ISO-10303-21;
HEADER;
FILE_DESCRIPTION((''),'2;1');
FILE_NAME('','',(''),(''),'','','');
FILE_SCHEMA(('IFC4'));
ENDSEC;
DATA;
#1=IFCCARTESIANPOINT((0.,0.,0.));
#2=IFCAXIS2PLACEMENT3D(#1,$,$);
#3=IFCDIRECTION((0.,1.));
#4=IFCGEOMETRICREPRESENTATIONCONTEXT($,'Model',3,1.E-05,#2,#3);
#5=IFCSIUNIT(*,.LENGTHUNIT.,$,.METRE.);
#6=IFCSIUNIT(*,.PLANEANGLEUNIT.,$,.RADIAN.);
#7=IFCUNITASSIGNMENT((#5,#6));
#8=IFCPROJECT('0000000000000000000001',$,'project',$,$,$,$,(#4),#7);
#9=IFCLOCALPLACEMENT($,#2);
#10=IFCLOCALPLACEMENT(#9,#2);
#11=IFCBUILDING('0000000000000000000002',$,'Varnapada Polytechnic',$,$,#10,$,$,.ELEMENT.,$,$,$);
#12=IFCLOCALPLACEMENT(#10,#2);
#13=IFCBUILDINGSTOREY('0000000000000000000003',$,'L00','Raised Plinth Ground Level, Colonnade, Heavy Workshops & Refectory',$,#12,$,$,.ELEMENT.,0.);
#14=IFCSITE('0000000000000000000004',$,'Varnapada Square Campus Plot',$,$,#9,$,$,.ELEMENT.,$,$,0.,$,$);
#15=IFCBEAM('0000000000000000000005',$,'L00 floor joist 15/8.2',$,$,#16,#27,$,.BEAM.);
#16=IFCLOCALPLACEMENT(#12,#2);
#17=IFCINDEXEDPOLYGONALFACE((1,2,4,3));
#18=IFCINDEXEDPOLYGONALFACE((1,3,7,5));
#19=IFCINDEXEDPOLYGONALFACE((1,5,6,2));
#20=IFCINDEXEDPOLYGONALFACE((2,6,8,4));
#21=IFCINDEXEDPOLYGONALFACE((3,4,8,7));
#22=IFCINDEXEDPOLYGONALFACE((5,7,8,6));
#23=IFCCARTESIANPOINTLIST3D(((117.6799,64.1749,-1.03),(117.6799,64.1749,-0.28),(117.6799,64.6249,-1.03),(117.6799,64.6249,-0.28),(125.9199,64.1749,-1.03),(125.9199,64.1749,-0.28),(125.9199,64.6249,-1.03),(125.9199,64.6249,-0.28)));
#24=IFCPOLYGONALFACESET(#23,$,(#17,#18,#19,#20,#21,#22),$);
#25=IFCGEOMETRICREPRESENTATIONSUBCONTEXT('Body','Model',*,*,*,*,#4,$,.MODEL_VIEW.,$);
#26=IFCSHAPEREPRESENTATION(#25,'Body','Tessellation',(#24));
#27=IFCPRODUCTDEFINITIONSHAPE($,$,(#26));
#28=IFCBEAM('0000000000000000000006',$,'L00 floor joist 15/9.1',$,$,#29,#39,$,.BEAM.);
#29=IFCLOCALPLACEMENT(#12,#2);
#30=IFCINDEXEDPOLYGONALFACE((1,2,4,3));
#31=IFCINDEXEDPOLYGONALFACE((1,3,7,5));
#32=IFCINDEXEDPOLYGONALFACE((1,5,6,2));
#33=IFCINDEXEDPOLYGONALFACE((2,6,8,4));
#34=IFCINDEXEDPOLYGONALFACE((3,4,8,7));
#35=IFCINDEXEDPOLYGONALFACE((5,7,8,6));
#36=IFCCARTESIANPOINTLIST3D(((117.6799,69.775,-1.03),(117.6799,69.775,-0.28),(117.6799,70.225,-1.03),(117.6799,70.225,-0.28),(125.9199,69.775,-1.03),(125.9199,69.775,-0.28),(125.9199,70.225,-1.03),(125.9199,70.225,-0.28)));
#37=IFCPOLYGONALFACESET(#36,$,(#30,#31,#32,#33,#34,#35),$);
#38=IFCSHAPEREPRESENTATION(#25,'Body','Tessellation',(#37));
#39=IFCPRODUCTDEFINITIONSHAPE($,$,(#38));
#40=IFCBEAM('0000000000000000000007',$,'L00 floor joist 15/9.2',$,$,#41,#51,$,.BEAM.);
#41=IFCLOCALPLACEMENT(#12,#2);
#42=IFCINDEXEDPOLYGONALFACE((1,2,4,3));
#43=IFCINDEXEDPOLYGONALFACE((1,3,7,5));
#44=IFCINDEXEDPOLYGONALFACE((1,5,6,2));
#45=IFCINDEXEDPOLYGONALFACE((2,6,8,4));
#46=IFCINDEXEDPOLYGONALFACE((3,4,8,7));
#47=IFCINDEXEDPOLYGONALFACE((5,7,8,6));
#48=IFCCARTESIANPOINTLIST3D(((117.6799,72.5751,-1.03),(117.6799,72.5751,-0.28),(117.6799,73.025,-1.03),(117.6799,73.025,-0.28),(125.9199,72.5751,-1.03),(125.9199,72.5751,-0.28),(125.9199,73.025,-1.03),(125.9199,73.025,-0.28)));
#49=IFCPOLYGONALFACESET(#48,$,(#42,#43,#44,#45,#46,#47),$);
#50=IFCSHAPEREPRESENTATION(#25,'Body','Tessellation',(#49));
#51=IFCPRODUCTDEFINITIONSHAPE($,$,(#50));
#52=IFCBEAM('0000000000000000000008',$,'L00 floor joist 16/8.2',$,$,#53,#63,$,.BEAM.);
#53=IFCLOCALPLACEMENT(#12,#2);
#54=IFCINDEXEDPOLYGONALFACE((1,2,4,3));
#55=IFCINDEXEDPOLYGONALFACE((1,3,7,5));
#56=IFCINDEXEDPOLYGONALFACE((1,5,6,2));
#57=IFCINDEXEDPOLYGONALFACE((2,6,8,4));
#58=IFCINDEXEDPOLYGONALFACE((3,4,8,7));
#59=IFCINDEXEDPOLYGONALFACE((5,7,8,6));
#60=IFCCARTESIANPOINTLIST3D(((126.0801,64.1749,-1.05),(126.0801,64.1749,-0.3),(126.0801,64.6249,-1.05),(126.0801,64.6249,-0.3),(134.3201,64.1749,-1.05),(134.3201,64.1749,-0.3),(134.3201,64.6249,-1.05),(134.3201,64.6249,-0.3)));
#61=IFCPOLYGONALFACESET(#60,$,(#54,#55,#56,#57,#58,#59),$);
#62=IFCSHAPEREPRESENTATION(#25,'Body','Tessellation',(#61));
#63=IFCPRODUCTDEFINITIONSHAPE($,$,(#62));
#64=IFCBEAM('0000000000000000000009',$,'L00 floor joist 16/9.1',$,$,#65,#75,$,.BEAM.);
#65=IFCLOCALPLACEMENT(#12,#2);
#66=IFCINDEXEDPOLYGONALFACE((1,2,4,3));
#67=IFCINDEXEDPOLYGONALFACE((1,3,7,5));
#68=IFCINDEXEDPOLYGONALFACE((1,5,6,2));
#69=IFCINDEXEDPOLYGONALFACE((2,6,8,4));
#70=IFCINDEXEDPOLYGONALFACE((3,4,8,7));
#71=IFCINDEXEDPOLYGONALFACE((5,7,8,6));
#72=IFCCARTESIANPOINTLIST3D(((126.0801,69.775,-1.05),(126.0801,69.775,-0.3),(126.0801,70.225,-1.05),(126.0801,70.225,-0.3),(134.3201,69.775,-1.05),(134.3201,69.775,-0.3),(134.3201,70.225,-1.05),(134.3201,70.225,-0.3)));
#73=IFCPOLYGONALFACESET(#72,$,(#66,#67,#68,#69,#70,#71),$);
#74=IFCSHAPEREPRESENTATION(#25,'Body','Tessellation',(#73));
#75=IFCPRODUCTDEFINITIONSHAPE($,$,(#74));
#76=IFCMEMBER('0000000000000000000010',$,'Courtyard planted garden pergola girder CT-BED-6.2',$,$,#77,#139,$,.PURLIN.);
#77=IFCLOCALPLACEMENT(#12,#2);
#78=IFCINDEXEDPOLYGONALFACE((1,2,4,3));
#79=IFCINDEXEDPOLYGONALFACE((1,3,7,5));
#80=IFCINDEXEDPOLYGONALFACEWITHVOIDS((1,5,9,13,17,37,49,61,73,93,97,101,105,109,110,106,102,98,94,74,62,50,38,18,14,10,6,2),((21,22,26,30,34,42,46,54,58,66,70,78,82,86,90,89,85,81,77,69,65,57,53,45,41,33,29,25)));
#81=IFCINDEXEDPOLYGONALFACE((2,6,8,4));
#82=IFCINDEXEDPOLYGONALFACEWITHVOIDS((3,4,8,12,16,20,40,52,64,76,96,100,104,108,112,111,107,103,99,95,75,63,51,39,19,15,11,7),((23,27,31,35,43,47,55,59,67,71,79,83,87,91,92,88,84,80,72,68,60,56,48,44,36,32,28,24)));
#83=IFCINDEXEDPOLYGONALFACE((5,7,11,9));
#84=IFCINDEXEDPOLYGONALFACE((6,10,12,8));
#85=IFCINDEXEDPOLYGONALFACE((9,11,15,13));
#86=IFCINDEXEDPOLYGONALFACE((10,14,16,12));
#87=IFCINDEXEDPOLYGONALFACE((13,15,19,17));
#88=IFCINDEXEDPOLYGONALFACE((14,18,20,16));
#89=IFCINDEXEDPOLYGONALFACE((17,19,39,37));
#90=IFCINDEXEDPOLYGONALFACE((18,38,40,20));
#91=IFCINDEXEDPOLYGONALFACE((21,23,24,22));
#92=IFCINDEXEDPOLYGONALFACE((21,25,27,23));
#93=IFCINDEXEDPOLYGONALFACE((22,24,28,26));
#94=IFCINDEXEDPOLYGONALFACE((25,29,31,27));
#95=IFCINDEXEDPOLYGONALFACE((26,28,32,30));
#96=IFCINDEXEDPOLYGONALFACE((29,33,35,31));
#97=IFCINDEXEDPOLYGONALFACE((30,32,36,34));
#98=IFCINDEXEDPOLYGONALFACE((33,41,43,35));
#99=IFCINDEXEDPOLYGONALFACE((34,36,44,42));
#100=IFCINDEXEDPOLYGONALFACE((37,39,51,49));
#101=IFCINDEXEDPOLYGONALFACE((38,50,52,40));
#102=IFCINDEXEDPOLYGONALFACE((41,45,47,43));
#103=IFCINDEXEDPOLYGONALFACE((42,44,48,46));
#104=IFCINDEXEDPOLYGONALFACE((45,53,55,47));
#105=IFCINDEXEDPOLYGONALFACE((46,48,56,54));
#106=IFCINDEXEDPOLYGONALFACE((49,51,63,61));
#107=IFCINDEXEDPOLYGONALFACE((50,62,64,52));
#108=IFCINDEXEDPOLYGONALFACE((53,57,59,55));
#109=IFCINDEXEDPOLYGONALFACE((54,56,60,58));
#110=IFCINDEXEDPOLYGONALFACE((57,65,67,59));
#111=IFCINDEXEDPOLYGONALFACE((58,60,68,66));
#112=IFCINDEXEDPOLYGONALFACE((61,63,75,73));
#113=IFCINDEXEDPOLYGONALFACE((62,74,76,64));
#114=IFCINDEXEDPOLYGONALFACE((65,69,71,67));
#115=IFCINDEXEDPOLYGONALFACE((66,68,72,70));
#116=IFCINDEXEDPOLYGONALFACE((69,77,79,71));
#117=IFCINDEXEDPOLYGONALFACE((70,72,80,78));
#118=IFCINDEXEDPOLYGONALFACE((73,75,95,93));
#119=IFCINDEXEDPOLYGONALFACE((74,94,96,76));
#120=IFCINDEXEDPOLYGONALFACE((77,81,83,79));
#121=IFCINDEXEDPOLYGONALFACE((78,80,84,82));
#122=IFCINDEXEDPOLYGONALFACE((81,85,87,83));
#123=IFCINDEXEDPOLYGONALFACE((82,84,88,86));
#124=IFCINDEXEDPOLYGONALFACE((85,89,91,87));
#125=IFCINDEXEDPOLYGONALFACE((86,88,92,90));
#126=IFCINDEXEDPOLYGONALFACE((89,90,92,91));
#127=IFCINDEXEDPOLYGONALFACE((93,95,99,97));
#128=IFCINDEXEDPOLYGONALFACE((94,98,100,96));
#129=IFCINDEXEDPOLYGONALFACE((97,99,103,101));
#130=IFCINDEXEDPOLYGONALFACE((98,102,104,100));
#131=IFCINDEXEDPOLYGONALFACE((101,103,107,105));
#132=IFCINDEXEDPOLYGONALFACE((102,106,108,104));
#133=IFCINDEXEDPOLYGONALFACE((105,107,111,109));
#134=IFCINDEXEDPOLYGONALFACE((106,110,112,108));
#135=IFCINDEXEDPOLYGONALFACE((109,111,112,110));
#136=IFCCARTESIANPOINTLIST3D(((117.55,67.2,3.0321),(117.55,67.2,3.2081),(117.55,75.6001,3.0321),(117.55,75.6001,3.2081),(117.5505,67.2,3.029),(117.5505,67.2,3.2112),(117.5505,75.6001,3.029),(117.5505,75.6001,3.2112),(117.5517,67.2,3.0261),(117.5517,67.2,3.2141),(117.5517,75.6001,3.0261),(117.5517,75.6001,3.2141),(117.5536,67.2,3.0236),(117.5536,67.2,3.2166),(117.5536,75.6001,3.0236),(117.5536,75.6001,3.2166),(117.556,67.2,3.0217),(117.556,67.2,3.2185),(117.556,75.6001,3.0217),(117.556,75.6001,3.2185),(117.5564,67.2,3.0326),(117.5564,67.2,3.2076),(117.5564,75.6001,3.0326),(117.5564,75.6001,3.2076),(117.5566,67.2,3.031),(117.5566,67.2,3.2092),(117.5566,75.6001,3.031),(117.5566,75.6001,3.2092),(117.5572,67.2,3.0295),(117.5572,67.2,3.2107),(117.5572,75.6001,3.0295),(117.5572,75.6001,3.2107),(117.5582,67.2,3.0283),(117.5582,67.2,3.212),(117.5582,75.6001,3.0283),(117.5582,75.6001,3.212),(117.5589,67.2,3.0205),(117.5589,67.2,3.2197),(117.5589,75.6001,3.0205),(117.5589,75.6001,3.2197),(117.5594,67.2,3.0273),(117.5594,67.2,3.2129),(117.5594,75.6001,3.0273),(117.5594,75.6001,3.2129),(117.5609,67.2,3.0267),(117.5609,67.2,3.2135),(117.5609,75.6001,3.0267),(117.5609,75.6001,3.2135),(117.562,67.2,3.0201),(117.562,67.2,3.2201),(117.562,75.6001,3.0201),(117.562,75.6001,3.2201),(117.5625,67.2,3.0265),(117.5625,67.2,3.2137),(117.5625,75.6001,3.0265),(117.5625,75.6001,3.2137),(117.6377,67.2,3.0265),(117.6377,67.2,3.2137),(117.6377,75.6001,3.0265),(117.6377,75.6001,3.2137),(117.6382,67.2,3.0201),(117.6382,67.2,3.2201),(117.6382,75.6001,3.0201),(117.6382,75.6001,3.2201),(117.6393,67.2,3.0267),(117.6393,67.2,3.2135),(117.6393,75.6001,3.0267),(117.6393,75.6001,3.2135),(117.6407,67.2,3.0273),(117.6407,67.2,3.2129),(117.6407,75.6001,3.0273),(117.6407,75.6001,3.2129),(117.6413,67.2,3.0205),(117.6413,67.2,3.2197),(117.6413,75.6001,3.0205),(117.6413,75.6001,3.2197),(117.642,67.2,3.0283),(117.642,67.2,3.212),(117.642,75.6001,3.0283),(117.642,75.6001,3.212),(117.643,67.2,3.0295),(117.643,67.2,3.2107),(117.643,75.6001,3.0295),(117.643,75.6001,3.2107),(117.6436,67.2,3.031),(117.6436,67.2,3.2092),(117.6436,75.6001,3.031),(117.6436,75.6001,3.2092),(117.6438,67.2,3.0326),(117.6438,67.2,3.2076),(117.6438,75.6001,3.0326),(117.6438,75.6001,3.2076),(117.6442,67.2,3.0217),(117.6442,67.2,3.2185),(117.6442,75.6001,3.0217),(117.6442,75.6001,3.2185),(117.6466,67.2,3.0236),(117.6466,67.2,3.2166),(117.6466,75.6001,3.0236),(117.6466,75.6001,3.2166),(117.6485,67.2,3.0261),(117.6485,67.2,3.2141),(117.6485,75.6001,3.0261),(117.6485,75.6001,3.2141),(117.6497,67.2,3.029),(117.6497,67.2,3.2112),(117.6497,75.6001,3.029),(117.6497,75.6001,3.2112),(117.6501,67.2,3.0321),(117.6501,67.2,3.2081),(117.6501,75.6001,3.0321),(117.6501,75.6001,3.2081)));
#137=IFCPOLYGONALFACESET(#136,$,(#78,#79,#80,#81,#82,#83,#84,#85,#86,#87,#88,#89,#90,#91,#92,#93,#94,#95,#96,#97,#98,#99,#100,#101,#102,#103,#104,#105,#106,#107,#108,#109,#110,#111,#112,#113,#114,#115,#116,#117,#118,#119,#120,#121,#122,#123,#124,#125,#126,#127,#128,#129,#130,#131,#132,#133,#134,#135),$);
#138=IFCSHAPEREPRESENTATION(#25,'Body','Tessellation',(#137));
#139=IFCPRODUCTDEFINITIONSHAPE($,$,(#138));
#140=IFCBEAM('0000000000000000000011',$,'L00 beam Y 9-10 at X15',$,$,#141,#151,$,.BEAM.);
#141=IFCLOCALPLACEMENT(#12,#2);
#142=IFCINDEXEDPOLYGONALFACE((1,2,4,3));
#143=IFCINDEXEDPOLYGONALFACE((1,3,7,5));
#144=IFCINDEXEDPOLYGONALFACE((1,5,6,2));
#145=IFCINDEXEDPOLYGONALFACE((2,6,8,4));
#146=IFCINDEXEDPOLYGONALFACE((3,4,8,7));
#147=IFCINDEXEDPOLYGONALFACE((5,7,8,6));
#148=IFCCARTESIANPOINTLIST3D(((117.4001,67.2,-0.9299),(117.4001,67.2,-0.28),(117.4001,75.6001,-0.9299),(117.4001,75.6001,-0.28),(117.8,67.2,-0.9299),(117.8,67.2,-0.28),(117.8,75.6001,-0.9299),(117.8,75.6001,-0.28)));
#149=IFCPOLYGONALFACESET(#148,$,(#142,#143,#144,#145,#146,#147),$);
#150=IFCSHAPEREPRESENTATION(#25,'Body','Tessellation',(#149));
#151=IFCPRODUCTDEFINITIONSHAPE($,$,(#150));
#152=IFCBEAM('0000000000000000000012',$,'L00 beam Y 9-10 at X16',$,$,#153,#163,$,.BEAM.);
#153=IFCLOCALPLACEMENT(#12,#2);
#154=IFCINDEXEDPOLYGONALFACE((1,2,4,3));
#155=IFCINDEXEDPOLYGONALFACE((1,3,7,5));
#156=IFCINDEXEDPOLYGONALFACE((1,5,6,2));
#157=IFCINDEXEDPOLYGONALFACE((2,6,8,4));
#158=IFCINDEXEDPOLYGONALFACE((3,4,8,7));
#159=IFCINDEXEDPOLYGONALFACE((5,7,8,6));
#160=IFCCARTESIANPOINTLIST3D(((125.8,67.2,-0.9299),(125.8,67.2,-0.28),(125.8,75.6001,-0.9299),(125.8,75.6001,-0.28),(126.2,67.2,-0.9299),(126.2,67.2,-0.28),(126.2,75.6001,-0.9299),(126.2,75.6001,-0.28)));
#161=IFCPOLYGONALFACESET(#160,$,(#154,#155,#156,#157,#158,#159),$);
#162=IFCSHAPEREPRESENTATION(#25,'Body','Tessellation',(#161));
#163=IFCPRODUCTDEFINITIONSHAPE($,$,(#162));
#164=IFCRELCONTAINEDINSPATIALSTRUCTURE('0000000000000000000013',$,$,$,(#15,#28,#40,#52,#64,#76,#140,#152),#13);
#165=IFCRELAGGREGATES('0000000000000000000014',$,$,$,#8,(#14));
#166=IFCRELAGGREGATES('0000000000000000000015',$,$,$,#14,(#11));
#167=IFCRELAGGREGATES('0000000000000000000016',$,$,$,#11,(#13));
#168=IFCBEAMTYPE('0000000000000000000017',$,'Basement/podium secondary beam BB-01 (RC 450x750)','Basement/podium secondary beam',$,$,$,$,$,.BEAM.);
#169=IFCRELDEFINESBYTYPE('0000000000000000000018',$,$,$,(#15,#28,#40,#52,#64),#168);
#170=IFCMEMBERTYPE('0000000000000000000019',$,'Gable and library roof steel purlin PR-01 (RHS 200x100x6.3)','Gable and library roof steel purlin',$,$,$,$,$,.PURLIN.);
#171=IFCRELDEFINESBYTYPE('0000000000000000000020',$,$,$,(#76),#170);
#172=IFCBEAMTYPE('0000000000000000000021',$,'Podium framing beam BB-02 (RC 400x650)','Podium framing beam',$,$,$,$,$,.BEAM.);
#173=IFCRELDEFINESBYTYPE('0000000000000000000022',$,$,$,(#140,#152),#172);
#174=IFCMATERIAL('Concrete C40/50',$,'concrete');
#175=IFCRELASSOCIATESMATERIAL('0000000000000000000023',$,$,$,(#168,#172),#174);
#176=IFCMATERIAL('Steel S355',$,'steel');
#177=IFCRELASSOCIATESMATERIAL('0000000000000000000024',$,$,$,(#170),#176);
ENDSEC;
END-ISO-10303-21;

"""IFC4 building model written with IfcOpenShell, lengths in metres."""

from ifc_helpers import new_model, si_unit, direction, frame, origin, origin_2d, place, context, subcontext, project, spatial, rectangle, hollow_rectangle, extrude, material, material_profile, profile_set, type_object, element, save


model = new_model("IFC4")

# Units and contexts
model_context = context("Model", 3, precision=1e-05, world=origin(), true_north=direction((0.0, 1.0)))
body_context = subcontext(model_context, "Body", "Model", "MODEL_VIEW")
ifc_project = project(units=[si_unit("LENGTHUNIT", "METRE"), si_unit("PLANEANGLEUNIT", "RADIAN")], contexts=[model_context])

# Site, building, storey
site_placement = place(None, origin())
site = spatial("IfcSite", under=ifc_project, at=site_placement, Name="Varnapada Square Campus Plot", CompositionType="ELEMENT", RefElevation=0.0)
building_placement = place(site_placement, origin())
building = spatial("IfcBuilding", under=site, at=building_placement, Name="Varnapada Polytechnic", CompositionType="ELEMENT")
storey_placement = place(building_placement, origin())
storey = spatial("IfcBuildingStorey", under=building, at=storey_placement, Name="L00", Description="Raised Plinth Ground Level, Colonnade, Heavy Workshops & Refectory", CompositionType="ELEMENT", Elevation=0.0)

# Beams
ifc_material_1 = material(Name="Concrete C40/50", Category="concrete")
ifc_material_profile_1 = material_profile(ifc_material_1, rectangle(XDim=0.45, YDim=0.75, at=origin_2d()), Name="RC 450x750")
ifc_profile_set_1 = profile_set([ifc_material_profile_1], Name="Concrete C40/50")
beam_type_1 = type_object("IfcBeamType", Name="Basement/podium secondary beam BB-01 (RC 450x750)", Description="Basement/podium secondary beam", PredefinedType="BEAM", material=ifc_profile_set_1)
for number, where, z_axis, x_axis, name in (
    (1, (117.6799, 64.3999, -0.655), (1.0, 0.0, 0.0), (0.0, 1.0, 0.0), "L00 floor joist 15/8.2"),
    (2, (117.6799, 70.0, -0.655), (1.0, 0.0, 0.0), (0.0, 1.0, 0.0), "L00 floor joist 15/9.1"),
    (3, (117.6799, 72.8, -0.655), (1.0, 0.0, 0.0), (0.0, 1.0, 0.0), "L00 floor joist 15/9.2"),
    (4, (126.0801, 64.3999, -0.675), (1.0, 0.0, 0.0), (0.0, 1.0, 0.0), "L00 floor joist 16/8.2"),
    (5, (126.0801, 70.0, -0.675), (1.0, 0.0, 0.0), (0.0, 1.0, 0.0), "L00 floor joist 16/9.1"),
):
    element("IfcBeam", number, at=place(storey_placement, frame(where, z_axis=z_axis, x_axis=x_axis)), inside=storey, type_object=beam_type_1, Name=name, PredefinedType="BEAM", context=body_context, shape_type="SweptSolid", body=[
        extrude(rectangle(XDim=0.45, YDim=0.75, at=origin_2d()), origin(), (0.0, 0.0, 1.0), 8.24),
    ])

# Member
ifc_material_2 = material(Name="Steel S355", Category="steel")
ifc_material_profile_2 = material_profile(ifc_material_2, hollow_rectangle(XDim=0.1001, YDim=0.2, WallThickness=0.0063, InnerFilletRadius=0.0061, OuterFilletRadius=0.012, at=origin_2d()), Name="RHS 200x100x6.3")
ifc_profile_set_2 = profile_set([ifc_material_profile_2], Name="Steel S355")
member_type_1 = type_object("IfcMemberType", Name="Gable and library roof steel purlin PR-01 (RHS 200x100x6.3)", Description="Gable and library roof steel purlin", PredefinedType="PURLIN", material=ifc_profile_set_2)
member_1_placement = place(storey_placement, frame((117.6001, 67.2, 3.1201), z_axis=(0.0, 1.0, 0.0), x_axis=(-1.0, 0.0, 0.0)))
element("IfcMember", 6, at=member_1_placement, inside=storey, type_object=member_type_1, Name="Courtyard planted garden pergola girder CT-BED-6.2", PredefinedType="PURLIN", context=body_context, shape_type="SweptSolid", body=[
    extrude(hollow_rectangle(XDim=0.1001, YDim=0.2, WallThickness=0.0063, InnerFilletRadius=0.0061, OuterFilletRadius=0.012, at=origin_2d()), origin(), (0.0, 0.0, 1.0), 8.4001),
])

# Beams
ifc_material_profile_3 = material_profile(ifc_material_1, rectangle(XDim=0.3999, YDim=0.6499, at=origin_2d()), Name="RC 400x650")
ifc_profile_set_3 = profile_set([ifc_material_profile_3], Name="Concrete C40/50")
beam_type_2 = type_object("IfcBeamType", Name="Podium framing beam BB-02 (RC 400x650)", Description="Podium framing beam", PredefinedType="BEAM", material=ifc_profile_set_3)
for number, where, z_axis, x_axis, name in (
    (7, (117.6001, 67.2, -0.605), (0.0, 1.0, 0.0), (-1.0, 0.0, 0.0), "L00 beam Y 9-10 at X15"),
    (8, (126.0, 67.2, -0.605), (0.0, 1.0, 0.0), (-1.0, 0.0, 0.0), "L00 beam Y 9-10 at X16"),
):
    element("IfcBeam", number, at=place(storey_placement, frame(where, z_axis=z_axis, x_axis=x_axis)), inside=storey, type_object=beam_type_2, Name=name, PredefinedType="BEAM", context=body_context, shape_type="SweptSolid", body=[
        extrude(rectangle(XDim=0.3999, YDim=0.6499, at=origin_2d()), origin(), (0.0, 0.0, 1.0), 8.4001),
    ])

save(model, "model.ifc")
